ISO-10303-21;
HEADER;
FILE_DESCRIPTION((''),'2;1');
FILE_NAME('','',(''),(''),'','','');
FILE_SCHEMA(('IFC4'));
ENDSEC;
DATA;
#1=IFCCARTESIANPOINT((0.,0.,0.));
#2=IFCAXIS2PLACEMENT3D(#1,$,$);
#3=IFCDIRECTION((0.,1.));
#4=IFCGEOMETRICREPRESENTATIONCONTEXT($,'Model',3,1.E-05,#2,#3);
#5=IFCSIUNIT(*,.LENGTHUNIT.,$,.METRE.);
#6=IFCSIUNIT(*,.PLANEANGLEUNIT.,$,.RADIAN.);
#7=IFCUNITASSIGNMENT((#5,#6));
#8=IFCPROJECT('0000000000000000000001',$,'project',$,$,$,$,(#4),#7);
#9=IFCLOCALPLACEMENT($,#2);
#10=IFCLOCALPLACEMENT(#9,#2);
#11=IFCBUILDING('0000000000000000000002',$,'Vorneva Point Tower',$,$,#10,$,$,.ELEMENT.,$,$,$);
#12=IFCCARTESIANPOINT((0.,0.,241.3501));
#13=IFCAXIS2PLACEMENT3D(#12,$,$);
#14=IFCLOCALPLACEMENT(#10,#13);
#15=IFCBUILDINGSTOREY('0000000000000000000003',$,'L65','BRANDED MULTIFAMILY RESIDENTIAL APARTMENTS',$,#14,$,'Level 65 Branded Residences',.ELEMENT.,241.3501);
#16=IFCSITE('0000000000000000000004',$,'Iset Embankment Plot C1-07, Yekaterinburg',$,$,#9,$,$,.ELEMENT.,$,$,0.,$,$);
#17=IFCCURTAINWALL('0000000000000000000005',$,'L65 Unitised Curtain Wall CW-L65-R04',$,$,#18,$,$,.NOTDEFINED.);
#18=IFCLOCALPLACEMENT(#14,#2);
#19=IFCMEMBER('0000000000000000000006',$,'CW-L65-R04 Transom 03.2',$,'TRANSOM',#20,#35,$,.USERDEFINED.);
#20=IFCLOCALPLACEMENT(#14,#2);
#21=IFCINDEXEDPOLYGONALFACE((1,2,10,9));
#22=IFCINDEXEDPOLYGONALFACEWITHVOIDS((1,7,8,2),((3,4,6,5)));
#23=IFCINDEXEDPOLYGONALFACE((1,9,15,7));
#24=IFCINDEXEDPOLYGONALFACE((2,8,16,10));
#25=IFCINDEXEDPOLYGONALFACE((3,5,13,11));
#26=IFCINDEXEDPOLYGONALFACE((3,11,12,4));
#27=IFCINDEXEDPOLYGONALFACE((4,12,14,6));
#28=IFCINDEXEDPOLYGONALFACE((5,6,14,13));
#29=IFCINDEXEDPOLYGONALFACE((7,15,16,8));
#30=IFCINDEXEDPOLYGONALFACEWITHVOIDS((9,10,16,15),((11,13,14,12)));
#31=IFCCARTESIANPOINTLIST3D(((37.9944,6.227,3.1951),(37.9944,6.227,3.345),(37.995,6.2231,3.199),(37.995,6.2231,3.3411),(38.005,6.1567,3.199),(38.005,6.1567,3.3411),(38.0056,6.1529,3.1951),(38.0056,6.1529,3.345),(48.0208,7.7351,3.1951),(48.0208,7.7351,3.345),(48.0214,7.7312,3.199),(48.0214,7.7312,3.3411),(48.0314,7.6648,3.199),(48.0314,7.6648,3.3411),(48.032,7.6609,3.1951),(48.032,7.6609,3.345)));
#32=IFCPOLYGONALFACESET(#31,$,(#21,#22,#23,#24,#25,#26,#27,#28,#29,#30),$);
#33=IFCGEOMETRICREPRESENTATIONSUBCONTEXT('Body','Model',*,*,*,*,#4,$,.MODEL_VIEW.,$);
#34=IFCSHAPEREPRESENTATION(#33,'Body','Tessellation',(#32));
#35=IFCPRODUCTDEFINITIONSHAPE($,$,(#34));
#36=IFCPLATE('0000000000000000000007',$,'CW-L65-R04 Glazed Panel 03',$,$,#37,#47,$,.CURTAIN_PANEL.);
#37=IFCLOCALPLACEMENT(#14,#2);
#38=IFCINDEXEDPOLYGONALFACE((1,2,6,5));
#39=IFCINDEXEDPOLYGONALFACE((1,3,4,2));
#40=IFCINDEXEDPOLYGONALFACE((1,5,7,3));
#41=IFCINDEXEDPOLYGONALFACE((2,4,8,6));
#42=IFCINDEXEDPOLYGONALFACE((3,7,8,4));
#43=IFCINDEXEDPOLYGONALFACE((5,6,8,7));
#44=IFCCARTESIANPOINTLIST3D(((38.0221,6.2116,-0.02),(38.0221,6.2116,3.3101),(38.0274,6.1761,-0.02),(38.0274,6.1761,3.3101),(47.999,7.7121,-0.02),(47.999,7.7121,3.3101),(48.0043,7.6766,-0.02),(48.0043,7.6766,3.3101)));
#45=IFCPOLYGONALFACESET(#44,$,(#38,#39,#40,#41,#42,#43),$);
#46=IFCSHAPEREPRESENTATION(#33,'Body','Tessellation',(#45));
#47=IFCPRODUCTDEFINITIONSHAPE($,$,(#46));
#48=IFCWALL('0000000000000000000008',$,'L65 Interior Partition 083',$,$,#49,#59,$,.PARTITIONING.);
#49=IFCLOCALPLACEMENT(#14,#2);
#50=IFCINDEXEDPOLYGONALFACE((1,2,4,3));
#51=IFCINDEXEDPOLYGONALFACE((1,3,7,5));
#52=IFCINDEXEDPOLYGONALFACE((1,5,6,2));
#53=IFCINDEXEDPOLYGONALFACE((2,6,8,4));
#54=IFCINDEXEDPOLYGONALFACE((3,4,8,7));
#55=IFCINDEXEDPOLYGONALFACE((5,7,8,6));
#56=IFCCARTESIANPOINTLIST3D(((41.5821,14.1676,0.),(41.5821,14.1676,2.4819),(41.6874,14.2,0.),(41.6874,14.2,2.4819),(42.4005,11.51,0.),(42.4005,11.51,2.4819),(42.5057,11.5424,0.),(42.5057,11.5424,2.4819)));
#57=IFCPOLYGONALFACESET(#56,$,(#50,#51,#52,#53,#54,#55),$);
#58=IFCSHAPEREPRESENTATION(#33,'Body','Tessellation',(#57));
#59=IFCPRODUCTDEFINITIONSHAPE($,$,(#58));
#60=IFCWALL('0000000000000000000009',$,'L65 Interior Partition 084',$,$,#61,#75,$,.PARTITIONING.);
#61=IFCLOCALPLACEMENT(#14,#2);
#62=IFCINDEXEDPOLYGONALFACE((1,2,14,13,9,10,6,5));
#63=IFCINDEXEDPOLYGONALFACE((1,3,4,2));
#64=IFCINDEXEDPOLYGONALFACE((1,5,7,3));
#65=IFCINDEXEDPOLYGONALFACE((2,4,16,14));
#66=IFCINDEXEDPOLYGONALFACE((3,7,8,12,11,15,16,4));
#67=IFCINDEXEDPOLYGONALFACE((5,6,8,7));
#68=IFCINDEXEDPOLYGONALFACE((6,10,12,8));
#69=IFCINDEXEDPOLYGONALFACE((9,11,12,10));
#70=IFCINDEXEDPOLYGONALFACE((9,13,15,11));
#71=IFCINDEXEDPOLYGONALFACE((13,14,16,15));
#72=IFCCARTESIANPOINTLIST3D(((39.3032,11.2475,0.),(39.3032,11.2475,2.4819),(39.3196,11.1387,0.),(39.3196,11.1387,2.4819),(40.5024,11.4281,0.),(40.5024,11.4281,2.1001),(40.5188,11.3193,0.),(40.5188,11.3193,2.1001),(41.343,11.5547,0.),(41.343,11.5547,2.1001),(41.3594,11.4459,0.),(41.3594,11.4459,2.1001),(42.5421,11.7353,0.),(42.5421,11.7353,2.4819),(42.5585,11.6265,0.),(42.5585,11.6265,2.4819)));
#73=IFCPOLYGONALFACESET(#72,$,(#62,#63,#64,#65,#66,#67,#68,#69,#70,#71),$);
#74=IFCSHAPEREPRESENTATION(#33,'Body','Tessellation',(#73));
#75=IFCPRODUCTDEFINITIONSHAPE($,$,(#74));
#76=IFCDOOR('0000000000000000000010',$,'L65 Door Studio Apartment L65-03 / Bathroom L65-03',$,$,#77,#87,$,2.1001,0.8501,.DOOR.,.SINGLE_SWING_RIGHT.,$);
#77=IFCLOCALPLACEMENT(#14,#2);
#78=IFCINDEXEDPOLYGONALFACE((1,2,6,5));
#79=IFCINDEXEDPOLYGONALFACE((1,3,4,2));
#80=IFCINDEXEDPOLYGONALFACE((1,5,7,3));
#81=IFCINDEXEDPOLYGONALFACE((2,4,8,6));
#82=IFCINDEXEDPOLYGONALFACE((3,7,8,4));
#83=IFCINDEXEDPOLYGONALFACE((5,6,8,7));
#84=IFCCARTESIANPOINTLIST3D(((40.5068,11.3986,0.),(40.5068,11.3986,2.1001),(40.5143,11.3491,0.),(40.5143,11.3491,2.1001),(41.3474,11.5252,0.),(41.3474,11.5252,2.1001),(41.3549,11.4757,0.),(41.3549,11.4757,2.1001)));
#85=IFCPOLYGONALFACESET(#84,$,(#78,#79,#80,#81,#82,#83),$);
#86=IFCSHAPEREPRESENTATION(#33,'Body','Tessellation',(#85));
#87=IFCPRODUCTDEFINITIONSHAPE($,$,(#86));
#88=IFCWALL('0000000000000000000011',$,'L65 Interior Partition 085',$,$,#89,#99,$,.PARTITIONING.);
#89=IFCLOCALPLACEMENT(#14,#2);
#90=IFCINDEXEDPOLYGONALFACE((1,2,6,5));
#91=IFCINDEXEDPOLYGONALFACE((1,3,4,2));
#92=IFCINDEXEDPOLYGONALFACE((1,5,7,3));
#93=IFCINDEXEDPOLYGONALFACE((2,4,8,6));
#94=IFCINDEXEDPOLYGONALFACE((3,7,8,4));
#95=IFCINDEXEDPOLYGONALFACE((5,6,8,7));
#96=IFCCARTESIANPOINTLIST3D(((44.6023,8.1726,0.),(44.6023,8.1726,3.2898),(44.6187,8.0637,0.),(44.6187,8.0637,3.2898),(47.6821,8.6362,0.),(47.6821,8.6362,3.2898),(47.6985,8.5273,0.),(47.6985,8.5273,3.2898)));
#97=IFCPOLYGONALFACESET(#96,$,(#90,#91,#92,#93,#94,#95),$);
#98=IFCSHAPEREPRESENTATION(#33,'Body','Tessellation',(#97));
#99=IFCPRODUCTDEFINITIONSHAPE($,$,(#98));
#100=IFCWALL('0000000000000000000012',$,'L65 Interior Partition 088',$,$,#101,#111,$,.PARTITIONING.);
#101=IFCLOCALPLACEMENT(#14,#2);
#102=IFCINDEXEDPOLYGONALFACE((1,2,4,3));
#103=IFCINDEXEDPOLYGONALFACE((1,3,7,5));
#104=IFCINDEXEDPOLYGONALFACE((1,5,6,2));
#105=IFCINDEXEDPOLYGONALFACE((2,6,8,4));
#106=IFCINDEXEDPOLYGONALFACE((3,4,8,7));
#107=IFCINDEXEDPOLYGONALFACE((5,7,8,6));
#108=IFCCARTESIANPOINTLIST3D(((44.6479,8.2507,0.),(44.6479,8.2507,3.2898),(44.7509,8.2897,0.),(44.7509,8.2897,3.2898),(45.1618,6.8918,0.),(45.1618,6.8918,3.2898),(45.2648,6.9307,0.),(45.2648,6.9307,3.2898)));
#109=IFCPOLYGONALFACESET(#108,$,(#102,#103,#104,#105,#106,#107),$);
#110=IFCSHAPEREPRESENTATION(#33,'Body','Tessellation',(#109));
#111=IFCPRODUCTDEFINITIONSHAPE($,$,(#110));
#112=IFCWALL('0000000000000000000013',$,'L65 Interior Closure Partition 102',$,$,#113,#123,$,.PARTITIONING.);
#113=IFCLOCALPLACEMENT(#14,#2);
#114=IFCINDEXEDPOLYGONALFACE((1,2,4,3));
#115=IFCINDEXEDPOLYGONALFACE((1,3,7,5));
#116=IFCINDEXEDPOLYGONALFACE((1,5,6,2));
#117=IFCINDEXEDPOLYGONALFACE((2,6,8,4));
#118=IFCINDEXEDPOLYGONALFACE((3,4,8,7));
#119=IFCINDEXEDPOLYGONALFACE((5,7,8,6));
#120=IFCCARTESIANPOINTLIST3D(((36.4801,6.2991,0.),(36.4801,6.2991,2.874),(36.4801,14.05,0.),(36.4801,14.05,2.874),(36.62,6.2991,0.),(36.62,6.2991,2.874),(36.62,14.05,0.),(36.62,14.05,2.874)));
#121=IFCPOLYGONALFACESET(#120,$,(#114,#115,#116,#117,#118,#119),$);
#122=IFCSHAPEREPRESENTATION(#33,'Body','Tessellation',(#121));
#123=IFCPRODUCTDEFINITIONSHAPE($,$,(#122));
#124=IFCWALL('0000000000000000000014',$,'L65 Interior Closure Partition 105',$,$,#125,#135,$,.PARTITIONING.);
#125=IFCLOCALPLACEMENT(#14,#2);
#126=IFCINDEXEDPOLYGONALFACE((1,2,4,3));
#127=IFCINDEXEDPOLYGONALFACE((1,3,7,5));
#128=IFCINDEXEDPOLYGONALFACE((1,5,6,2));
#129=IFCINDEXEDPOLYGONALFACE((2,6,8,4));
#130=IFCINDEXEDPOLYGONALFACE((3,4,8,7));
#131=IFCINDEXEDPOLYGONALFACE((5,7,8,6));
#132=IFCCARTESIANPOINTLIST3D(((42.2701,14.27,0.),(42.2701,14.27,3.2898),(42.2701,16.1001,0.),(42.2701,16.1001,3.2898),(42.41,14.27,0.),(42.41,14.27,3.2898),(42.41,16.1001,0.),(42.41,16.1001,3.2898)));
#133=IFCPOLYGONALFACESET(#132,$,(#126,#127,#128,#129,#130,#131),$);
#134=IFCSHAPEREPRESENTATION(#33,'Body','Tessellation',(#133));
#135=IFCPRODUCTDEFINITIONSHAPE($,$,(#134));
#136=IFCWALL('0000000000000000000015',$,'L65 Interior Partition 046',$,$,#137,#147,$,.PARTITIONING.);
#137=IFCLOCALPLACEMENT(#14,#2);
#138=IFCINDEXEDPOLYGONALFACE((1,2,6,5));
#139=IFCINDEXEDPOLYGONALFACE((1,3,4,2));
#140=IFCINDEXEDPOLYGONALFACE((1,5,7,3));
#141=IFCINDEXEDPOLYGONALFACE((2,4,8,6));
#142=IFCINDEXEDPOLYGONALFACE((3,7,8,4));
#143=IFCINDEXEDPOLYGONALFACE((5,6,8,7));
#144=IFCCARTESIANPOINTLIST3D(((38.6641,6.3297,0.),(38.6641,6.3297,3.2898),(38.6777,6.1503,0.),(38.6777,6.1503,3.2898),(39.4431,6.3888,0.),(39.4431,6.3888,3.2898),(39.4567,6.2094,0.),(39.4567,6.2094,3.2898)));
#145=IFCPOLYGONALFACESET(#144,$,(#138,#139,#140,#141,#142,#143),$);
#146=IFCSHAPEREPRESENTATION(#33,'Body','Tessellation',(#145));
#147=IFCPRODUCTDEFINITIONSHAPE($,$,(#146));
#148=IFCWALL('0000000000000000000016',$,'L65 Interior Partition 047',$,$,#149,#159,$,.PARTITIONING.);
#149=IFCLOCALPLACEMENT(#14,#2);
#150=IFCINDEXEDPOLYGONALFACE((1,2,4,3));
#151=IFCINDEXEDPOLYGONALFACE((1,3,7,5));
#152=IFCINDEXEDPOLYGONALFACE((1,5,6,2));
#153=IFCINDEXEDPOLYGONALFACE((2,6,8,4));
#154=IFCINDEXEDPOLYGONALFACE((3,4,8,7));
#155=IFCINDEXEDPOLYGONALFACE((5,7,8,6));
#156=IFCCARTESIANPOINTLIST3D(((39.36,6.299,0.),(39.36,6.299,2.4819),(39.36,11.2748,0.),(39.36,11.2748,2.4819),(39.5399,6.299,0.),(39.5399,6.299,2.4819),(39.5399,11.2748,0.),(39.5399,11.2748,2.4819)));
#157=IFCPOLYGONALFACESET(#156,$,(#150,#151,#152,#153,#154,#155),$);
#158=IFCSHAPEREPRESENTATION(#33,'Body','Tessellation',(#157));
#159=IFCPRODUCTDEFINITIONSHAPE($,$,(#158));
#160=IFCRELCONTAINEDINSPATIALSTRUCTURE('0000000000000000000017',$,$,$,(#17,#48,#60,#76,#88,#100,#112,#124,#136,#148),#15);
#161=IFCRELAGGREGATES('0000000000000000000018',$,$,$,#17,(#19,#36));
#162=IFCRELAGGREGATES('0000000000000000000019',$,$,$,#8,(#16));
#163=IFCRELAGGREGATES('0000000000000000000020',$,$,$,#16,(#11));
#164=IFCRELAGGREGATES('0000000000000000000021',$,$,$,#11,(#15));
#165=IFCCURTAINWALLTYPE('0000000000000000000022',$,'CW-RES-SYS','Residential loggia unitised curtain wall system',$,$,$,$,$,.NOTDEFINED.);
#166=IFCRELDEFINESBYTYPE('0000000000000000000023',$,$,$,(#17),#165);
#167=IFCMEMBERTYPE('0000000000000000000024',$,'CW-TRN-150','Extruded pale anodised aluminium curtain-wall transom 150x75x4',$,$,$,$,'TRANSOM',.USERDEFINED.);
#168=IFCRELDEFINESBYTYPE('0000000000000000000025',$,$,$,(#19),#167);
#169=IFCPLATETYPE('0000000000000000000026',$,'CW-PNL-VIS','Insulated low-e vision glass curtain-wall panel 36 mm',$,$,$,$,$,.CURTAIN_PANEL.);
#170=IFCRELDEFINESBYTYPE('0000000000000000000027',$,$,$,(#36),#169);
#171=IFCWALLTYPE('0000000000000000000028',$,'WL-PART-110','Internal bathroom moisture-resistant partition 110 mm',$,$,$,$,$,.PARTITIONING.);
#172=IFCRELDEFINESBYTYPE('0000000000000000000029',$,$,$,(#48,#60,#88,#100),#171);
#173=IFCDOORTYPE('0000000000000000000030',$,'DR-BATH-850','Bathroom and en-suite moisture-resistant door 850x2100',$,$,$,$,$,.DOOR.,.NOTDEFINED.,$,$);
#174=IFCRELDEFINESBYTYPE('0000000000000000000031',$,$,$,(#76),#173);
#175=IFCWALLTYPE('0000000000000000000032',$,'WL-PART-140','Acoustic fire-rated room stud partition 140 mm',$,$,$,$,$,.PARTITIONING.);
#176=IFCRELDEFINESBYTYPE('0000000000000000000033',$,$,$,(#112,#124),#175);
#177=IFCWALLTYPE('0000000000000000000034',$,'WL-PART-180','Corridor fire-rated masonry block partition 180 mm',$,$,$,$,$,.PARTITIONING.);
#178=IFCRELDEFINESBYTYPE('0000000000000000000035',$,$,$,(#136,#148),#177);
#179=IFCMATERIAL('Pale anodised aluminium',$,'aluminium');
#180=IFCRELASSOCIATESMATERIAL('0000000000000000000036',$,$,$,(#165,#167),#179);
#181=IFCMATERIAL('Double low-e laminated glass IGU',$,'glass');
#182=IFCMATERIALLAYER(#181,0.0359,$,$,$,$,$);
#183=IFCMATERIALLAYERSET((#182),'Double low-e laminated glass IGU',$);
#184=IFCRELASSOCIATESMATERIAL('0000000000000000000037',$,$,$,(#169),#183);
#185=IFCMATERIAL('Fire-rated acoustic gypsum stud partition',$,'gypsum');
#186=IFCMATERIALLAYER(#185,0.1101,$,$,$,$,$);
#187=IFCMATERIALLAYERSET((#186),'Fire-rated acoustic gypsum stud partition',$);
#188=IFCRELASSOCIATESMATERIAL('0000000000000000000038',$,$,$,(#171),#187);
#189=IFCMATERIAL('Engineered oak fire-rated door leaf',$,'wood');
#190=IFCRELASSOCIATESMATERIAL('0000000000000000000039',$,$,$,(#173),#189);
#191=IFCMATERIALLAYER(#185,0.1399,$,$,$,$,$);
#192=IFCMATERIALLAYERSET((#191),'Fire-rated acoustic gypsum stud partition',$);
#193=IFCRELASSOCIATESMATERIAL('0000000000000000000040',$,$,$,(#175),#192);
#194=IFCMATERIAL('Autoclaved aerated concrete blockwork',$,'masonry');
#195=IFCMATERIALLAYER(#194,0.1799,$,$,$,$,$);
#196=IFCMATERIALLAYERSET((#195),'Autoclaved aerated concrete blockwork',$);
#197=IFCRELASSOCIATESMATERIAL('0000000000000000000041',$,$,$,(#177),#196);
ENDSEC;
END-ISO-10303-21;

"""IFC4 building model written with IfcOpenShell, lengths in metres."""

from ifc_helpers import new_model, si_unit, direction, frame, frame_2d, origin, origin_2d, place, context, subcontext, project, spatial, rectangle, hollow_rectangle, extrude, material, layer, layer_set, material_profile, profile_set, type_object, element, fill, aggregate, save


model = new_model("IFC4")

# Units and contexts
model_context = context("Model", 3, precision=1e-05, world=origin(), true_north=direction((0.0, 1.0)))
body_context = subcontext(model_context, "Body", "Model", "MODEL_VIEW")
ifc_project = project(units=[si_unit("LENGTHUNIT", "METRE"), si_unit("PLANEANGLEUNIT", "RADIAN")], contexts=[model_context])

# Site, building, storey
site_placement = place(None, origin())
site = spatial("IfcSite", under=ifc_project, at=site_placement, Name="Iset Embankment Plot C1-07, Yekaterinburg", CompositionType="ELEMENT", RefElevation=0.0)
building_placement = place(site_placement, origin())
building = spatial("IfcBuilding", under=site, at=building_placement, Name="Vorneva Point Tower", CompositionType="ELEMENT")
storey_placement = place(building_placement, frame((0.0, 0.0, 241.3501)))
storey = spatial("IfcBuildingStorey", under=building, at=storey_placement, Name="L65", Description="BRANDED MULTIFAMILY RESIDENTIAL APARTMENTS", LongName="Level 65 Branded Residences", CompositionType="ELEMENT", Elevation=241.3501)

# Curtain wall, member, plate
ifc_material_1 = material(Name="Pale anodised aluminium", Category="aluminium")
curtain_wall_type = type_object("IfcCurtainWallType", Name="CW-RES-SYS", Description="Residential loggia unitised curtain wall system", PredefinedType="NOTDEFINED", material=ifc_material_1)
curtain_wall_placement = place(storey_placement, origin())
curtain_wall = element("IfcCurtainWall", 1, at=curtain_wall_placement, inside=storey, type_object=curtain_wall_type, Name="L65 Unitised Curtain Wall CW-L65-R04", PredefinedType="NOTDEFINED")
ifc_material_profile_1 = material_profile(ifc_material_1, hollow_rectangle(XDim=0.075, YDim=0.1499, WallThickness=0.0039, at=origin_2d()), Name="AL-TRN 150x75x4")
ifc_profile_set_1 = profile_set([ifc_material_profile_1], Name="Pale anodised aluminium")
member_type_1 = type_object("IfcMemberType", Name="CW-TRN-150", Description="Extruded pale anodised aluminium curtain-wall transom 150x75x4", ElementType="TRANSOM", PredefinedType="USERDEFINED", material=ifc_profile_set_1)
member_1_placement = place(storey_placement, frame((38.0, 6.1899, 3.27), z_axis=(0.988877, 0.148736, 0.0), x_axis=(-0.148736, 0.988877, 0.0)))
member_1 = element("IfcMember", 2, at=member_1_placement, type_object=member_type_1, Name="CW-L65-R04 Transom 03.2", ObjectType="TRANSOM", PredefinedType="USERDEFINED", context=body_context, shape_type="SweptSolid", body=[
    extrude(hollow_rectangle(XDim=0.075, YDim=0.1499, WallThickness=0.0039, at=origin_2d()), origin(), (0.0, 0.0, 1.0), 10.1392),
])
ifc_material_2 = material(Name="Double low-e laminated glass IGU", Category="glass")
ifc_layer_1 = layer(ifc_material_2, 0.0359)
ifc_layer_set_1 = layer_set([ifc_layer_1], Name="Double low-e laminated glass IGU")
plate_type = type_object("IfcPlateType", Name="CW-PNL-VIS", Description="Insulated low-e vision glass curtain-wall panel 36 mm", PredefinedType="CURTAIN_PANEL", material=ifc_layer_set_1)
plate_placement = place(storey_placement, frame((43.0132, 6.9441, -0.02), z_axis=(0.0, 0.0, 1.0), x_axis=(0.988879, 0.148724, 0.0)))
plate = element("IfcPlate", 3, at=plate_placement, type_object=plate_type, Name="CW-L65-R04 Glazed Panel 03", PredefinedType="CURTAIN_PANEL", context=body_context, shape_type="SweptSolid", body=[
    extrude(rectangle(XDim=10.0891, YDim=0.0359, at=origin_2d()), origin(), (0.0, 0.0, 1.0), 3.3301),
])
aggregate(curtain_wall, [member_1, plate])

# Wall
ifc_material_3 = material(Name="Fire-rated acoustic gypsum stud partition", Category="gypsum")
ifc_layer_2 = layer(ifc_material_3, 0.1101)
ifc_layer_set_2 = layer_set([ifc_layer_2], Name="Fire-rated acoustic gypsum stud partition")
wall_type_1 = type_object("IfcWallType", Name="WL-PART-110", Description="Internal bathroom moisture-resistant partition 110 mm", PredefinedType="PARTITIONING", material=ifc_layer_set_2)
wall_1_placement = place(storey_placement, frame((41.6348, 14.1838, 0.0), z_axis=(0.0, 0.0, 1.0), x_axis=(0.294283, -0.955718, 0.0)))
element("IfcWall", 4, at=wall_1_placement, inside=storey, type_object=wall_type_1, Name="L65 Interior Partition 083", PredefinedType="PARTITIONING", context=body_context, shape_type="SweptSolid", body=[
    extrude(rectangle(XDim=2.7808, YDim=0.1101, at=frame_2d((1.3904, 0.0))), origin(), (0.0, 0.0, 1.0), 2.4819),
])

# Wall, opening, door
wall_2_placement = place(storey_placement, frame((42.5503, 11.6809, 0.0), z_axis=(0.0, 0.0, 1.0), x_axis=(-0.988848, -0.148931, 0.0)))
wall_2 = element("IfcWall", 5, at=wall_2_placement, inside=storey, type_object=wall_type_1, Name="L65 Interior Partition 084", PredefinedType="PARTITIONING", context=body_context, shape_type="SweptSolid", body=[
    extrude(rectangle(XDim=3.2754, YDim=0.1101, at=frame_2d((1.6377, 0.0))), origin(), (0.0, 0.0, 1.0), 2.4819),
])
opening_1_placement = place(wall_2_placement, frame((1.2126, 0.0, 0.0)))
opening_1 = element("IfcOpeningElement", 6, at=opening_1_placement, cuts=wall_2, PredefinedType="OPENING", context=body_context, shape_type="SweptSolid", body=[
    extrude(rectangle(XDim=0.8501, YDim=2.1001, at=frame_2d((0.425, 1.05))), frame((0.0, 0.0698, 0.0), z_axis=(0.0, -1.0, 0.0), x_axis=(1.0, 0.0, 0.0)), (0.0, 0.0, 1.0), 0.1399),
])
ifc_material_4 = material(Name="Engineered oak fire-rated door leaf", Category="wood")
door_type_1 = type_object("IfcDoorType", Name="DR-BATH-850", Description="Bathroom and en-suite moisture-resistant door 850x2100", OperationType="NOTDEFINED", PredefinedType="DOOR", material=ifc_material_4)
door_1_placement = place(opening_1_placement, origin())
door_1 = element("IfcDoor", 7, at=door_1_placement, inside=storey, type_object=door_type_1, Name="L65 Door Studio Apartment L65-03 / Bathroom L65-03", OperationType="SINGLE_SWING_RIGHT", OverallHeight=2.1001, OverallWidth=0.8501, PredefinedType="DOOR", context=body_context, shape_type="SweptSolid", body=[
    extrude(rectangle(XDim=0.8501, YDim=2.1001, at=frame_2d((0.425, 1.05))), frame((0.0, 0.0249, 0.0), z_axis=(0.0, -1.0, 0.0), x_axis=(1.0, 0.0, 0.0)), (0.0, 0.0, 1.0), 0.05),
])
fill(opening_1, door_1)

# Walls
wall_3_placement = place(storey_placement, frame((44.6106, 8.1182, 0.0), z_axis=(0.0, 0.0, 1.0), x_axis=(0.988859, 0.148858, 0.0)))
element("IfcWall", 8, at=wall_3_placement, inside=storey, type_object=wall_type_1, Name="L65 Interior Partition 085", PredefinedType="PARTITIONING", context=body_context, shape_type="SweptSolid", body=[
    extrude(rectangle(XDim=3.1145, YDim=0.1101, at=frame_2d((1.5571, 0.0))), origin(), (0.0, 0.0, 1.0), 3.2898),
])
wall_4_placement = place(storey_placement, frame((45.2134, 6.9111, 0.0), z_axis=(0.0, 0.0, 1.0), x_axis=(-0.353737, 0.935345, 0.0)))
element("IfcWall", 9, at=wall_4_placement, inside=storey, type_object=wall_type_1, Name="L65 Interior Partition 088", PredefinedType="PARTITIONING", context=body_context, shape_type="SweptSolid", body=[
    extrude(rectangle(XDim=1.4529, YDim=0.1101, at=frame_2d((0.7266, 0.0))), origin(), (0.0, 0.0, 1.0), 3.2898),
])
ifc_layer_3 = layer(ifc_material_3, 0.1399)
ifc_layer_set_3 = layer_set([ifc_layer_3], Name="Fire-rated acoustic gypsum stud partition")
wall_type_2 = type_object("IfcWallType", Name="WL-PART-140", Description="Acoustic fire-rated room stud partition 140 mm", PredefinedType="PARTITIONING", material=ifc_layer_set_3)
wall_5_placement = place(storey_placement, frame((36.55, 14.05, 0.0), z_axis=(0.0, 0.0, 1.0), x_axis=(0.0, -1.0, 0.0)))
element("IfcWall", 10, at=wall_5_placement, inside=storey, type_object=wall_type_2, Name="L65 Interior Closure Partition 102", PredefinedType="PARTITIONING", context=body_context, shape_type="SweptSolid", body=[
    extrude(rectangle(XDim=7.751, YDim=0.1399, at=frame_2d((3.8755, 0.0))), origin(), (0.0, 0.0, 1.0), 2.874),
])
wall_6_placement = place(storey_placement, frame((42.3401, 14.27, 0.0), z_axis=(0.0, 0.0, 1.0), x_axis=(0.0, 1.0, 0.0)))
element("IfcWall", 11, at=wall_6_placement, inside=storey, type_object=wall_type_2, Name="L65 Interior Closure Partition 105", PredefinedType="PARTITIONING", context=body_context, shape_type="SweptSolid", body=[
    extrude(rectangle(XDim=1.8301, YDim=0.1399, at=frame_2d((0.915, 0.0))), origin(), (0.0, 0.0, 1.0), 3.2898),
])
ifc_material_5 = material(Name="Autoclaved aerated concrete blockwork", Category="masonry")
ifc_layer_4 = layer(ifc_material_5, 0.1799)
ifc_layer_set_4 = layer_set([ifc_layer_4], Name="Autoclaved aerated concrete blockwork")
wall_type_3 = type_object("IfcWallType", Name="WL-PART-180", Description="Corridor fire-rated masonry block partition 180 mm", PredefinedType="PARTITIONING", material=ifc_layer_set_4)
wall_7_placement = place(storey_placement, frame((38.6709, 6.24, 0.0), z_axis=(0.0, 0.0, 1.0), x_axis=(0.997137, 0.075621, 0.0)))
element("IfcWall", 12, at=wall_7_placement, inside=storey, type_object=wall_type_3, Name="L65 Interior Partition 046", PredefinedType="PARTITIONING", context=body_context, shape_type="SweptSolid", body=[
    extrude(rectangle(XDim=0.7812, YDim=0.1799, at=frame_2d((0.3906, 0.0))), origin(), (0.0, 0.0, 1.0), 3.2898),
])
wall_8_placement = place(storey_placement, frame((39.45, 6.2991, 0.0), z_axis=(0.0, 0.0, 1.0), x_axis=(0.0, 1.0, 0.0)))
element("IfcWall", 13, at=wall_8_placement, inside=storey, type_object=wall_type_3, Name="L65 Interior Partition 047", PredefinedType="PARTITIONING", context=body_context, shape_type="SweptSolid", body=[
    extrude(rectangle(XDim=4.9758, YDim=0.1799, at=frame_2d((2.4878, 0.0))), origin(), (0.0, 0.0, 1.0), 2.4819),
])

save(model, "model.ifc")
